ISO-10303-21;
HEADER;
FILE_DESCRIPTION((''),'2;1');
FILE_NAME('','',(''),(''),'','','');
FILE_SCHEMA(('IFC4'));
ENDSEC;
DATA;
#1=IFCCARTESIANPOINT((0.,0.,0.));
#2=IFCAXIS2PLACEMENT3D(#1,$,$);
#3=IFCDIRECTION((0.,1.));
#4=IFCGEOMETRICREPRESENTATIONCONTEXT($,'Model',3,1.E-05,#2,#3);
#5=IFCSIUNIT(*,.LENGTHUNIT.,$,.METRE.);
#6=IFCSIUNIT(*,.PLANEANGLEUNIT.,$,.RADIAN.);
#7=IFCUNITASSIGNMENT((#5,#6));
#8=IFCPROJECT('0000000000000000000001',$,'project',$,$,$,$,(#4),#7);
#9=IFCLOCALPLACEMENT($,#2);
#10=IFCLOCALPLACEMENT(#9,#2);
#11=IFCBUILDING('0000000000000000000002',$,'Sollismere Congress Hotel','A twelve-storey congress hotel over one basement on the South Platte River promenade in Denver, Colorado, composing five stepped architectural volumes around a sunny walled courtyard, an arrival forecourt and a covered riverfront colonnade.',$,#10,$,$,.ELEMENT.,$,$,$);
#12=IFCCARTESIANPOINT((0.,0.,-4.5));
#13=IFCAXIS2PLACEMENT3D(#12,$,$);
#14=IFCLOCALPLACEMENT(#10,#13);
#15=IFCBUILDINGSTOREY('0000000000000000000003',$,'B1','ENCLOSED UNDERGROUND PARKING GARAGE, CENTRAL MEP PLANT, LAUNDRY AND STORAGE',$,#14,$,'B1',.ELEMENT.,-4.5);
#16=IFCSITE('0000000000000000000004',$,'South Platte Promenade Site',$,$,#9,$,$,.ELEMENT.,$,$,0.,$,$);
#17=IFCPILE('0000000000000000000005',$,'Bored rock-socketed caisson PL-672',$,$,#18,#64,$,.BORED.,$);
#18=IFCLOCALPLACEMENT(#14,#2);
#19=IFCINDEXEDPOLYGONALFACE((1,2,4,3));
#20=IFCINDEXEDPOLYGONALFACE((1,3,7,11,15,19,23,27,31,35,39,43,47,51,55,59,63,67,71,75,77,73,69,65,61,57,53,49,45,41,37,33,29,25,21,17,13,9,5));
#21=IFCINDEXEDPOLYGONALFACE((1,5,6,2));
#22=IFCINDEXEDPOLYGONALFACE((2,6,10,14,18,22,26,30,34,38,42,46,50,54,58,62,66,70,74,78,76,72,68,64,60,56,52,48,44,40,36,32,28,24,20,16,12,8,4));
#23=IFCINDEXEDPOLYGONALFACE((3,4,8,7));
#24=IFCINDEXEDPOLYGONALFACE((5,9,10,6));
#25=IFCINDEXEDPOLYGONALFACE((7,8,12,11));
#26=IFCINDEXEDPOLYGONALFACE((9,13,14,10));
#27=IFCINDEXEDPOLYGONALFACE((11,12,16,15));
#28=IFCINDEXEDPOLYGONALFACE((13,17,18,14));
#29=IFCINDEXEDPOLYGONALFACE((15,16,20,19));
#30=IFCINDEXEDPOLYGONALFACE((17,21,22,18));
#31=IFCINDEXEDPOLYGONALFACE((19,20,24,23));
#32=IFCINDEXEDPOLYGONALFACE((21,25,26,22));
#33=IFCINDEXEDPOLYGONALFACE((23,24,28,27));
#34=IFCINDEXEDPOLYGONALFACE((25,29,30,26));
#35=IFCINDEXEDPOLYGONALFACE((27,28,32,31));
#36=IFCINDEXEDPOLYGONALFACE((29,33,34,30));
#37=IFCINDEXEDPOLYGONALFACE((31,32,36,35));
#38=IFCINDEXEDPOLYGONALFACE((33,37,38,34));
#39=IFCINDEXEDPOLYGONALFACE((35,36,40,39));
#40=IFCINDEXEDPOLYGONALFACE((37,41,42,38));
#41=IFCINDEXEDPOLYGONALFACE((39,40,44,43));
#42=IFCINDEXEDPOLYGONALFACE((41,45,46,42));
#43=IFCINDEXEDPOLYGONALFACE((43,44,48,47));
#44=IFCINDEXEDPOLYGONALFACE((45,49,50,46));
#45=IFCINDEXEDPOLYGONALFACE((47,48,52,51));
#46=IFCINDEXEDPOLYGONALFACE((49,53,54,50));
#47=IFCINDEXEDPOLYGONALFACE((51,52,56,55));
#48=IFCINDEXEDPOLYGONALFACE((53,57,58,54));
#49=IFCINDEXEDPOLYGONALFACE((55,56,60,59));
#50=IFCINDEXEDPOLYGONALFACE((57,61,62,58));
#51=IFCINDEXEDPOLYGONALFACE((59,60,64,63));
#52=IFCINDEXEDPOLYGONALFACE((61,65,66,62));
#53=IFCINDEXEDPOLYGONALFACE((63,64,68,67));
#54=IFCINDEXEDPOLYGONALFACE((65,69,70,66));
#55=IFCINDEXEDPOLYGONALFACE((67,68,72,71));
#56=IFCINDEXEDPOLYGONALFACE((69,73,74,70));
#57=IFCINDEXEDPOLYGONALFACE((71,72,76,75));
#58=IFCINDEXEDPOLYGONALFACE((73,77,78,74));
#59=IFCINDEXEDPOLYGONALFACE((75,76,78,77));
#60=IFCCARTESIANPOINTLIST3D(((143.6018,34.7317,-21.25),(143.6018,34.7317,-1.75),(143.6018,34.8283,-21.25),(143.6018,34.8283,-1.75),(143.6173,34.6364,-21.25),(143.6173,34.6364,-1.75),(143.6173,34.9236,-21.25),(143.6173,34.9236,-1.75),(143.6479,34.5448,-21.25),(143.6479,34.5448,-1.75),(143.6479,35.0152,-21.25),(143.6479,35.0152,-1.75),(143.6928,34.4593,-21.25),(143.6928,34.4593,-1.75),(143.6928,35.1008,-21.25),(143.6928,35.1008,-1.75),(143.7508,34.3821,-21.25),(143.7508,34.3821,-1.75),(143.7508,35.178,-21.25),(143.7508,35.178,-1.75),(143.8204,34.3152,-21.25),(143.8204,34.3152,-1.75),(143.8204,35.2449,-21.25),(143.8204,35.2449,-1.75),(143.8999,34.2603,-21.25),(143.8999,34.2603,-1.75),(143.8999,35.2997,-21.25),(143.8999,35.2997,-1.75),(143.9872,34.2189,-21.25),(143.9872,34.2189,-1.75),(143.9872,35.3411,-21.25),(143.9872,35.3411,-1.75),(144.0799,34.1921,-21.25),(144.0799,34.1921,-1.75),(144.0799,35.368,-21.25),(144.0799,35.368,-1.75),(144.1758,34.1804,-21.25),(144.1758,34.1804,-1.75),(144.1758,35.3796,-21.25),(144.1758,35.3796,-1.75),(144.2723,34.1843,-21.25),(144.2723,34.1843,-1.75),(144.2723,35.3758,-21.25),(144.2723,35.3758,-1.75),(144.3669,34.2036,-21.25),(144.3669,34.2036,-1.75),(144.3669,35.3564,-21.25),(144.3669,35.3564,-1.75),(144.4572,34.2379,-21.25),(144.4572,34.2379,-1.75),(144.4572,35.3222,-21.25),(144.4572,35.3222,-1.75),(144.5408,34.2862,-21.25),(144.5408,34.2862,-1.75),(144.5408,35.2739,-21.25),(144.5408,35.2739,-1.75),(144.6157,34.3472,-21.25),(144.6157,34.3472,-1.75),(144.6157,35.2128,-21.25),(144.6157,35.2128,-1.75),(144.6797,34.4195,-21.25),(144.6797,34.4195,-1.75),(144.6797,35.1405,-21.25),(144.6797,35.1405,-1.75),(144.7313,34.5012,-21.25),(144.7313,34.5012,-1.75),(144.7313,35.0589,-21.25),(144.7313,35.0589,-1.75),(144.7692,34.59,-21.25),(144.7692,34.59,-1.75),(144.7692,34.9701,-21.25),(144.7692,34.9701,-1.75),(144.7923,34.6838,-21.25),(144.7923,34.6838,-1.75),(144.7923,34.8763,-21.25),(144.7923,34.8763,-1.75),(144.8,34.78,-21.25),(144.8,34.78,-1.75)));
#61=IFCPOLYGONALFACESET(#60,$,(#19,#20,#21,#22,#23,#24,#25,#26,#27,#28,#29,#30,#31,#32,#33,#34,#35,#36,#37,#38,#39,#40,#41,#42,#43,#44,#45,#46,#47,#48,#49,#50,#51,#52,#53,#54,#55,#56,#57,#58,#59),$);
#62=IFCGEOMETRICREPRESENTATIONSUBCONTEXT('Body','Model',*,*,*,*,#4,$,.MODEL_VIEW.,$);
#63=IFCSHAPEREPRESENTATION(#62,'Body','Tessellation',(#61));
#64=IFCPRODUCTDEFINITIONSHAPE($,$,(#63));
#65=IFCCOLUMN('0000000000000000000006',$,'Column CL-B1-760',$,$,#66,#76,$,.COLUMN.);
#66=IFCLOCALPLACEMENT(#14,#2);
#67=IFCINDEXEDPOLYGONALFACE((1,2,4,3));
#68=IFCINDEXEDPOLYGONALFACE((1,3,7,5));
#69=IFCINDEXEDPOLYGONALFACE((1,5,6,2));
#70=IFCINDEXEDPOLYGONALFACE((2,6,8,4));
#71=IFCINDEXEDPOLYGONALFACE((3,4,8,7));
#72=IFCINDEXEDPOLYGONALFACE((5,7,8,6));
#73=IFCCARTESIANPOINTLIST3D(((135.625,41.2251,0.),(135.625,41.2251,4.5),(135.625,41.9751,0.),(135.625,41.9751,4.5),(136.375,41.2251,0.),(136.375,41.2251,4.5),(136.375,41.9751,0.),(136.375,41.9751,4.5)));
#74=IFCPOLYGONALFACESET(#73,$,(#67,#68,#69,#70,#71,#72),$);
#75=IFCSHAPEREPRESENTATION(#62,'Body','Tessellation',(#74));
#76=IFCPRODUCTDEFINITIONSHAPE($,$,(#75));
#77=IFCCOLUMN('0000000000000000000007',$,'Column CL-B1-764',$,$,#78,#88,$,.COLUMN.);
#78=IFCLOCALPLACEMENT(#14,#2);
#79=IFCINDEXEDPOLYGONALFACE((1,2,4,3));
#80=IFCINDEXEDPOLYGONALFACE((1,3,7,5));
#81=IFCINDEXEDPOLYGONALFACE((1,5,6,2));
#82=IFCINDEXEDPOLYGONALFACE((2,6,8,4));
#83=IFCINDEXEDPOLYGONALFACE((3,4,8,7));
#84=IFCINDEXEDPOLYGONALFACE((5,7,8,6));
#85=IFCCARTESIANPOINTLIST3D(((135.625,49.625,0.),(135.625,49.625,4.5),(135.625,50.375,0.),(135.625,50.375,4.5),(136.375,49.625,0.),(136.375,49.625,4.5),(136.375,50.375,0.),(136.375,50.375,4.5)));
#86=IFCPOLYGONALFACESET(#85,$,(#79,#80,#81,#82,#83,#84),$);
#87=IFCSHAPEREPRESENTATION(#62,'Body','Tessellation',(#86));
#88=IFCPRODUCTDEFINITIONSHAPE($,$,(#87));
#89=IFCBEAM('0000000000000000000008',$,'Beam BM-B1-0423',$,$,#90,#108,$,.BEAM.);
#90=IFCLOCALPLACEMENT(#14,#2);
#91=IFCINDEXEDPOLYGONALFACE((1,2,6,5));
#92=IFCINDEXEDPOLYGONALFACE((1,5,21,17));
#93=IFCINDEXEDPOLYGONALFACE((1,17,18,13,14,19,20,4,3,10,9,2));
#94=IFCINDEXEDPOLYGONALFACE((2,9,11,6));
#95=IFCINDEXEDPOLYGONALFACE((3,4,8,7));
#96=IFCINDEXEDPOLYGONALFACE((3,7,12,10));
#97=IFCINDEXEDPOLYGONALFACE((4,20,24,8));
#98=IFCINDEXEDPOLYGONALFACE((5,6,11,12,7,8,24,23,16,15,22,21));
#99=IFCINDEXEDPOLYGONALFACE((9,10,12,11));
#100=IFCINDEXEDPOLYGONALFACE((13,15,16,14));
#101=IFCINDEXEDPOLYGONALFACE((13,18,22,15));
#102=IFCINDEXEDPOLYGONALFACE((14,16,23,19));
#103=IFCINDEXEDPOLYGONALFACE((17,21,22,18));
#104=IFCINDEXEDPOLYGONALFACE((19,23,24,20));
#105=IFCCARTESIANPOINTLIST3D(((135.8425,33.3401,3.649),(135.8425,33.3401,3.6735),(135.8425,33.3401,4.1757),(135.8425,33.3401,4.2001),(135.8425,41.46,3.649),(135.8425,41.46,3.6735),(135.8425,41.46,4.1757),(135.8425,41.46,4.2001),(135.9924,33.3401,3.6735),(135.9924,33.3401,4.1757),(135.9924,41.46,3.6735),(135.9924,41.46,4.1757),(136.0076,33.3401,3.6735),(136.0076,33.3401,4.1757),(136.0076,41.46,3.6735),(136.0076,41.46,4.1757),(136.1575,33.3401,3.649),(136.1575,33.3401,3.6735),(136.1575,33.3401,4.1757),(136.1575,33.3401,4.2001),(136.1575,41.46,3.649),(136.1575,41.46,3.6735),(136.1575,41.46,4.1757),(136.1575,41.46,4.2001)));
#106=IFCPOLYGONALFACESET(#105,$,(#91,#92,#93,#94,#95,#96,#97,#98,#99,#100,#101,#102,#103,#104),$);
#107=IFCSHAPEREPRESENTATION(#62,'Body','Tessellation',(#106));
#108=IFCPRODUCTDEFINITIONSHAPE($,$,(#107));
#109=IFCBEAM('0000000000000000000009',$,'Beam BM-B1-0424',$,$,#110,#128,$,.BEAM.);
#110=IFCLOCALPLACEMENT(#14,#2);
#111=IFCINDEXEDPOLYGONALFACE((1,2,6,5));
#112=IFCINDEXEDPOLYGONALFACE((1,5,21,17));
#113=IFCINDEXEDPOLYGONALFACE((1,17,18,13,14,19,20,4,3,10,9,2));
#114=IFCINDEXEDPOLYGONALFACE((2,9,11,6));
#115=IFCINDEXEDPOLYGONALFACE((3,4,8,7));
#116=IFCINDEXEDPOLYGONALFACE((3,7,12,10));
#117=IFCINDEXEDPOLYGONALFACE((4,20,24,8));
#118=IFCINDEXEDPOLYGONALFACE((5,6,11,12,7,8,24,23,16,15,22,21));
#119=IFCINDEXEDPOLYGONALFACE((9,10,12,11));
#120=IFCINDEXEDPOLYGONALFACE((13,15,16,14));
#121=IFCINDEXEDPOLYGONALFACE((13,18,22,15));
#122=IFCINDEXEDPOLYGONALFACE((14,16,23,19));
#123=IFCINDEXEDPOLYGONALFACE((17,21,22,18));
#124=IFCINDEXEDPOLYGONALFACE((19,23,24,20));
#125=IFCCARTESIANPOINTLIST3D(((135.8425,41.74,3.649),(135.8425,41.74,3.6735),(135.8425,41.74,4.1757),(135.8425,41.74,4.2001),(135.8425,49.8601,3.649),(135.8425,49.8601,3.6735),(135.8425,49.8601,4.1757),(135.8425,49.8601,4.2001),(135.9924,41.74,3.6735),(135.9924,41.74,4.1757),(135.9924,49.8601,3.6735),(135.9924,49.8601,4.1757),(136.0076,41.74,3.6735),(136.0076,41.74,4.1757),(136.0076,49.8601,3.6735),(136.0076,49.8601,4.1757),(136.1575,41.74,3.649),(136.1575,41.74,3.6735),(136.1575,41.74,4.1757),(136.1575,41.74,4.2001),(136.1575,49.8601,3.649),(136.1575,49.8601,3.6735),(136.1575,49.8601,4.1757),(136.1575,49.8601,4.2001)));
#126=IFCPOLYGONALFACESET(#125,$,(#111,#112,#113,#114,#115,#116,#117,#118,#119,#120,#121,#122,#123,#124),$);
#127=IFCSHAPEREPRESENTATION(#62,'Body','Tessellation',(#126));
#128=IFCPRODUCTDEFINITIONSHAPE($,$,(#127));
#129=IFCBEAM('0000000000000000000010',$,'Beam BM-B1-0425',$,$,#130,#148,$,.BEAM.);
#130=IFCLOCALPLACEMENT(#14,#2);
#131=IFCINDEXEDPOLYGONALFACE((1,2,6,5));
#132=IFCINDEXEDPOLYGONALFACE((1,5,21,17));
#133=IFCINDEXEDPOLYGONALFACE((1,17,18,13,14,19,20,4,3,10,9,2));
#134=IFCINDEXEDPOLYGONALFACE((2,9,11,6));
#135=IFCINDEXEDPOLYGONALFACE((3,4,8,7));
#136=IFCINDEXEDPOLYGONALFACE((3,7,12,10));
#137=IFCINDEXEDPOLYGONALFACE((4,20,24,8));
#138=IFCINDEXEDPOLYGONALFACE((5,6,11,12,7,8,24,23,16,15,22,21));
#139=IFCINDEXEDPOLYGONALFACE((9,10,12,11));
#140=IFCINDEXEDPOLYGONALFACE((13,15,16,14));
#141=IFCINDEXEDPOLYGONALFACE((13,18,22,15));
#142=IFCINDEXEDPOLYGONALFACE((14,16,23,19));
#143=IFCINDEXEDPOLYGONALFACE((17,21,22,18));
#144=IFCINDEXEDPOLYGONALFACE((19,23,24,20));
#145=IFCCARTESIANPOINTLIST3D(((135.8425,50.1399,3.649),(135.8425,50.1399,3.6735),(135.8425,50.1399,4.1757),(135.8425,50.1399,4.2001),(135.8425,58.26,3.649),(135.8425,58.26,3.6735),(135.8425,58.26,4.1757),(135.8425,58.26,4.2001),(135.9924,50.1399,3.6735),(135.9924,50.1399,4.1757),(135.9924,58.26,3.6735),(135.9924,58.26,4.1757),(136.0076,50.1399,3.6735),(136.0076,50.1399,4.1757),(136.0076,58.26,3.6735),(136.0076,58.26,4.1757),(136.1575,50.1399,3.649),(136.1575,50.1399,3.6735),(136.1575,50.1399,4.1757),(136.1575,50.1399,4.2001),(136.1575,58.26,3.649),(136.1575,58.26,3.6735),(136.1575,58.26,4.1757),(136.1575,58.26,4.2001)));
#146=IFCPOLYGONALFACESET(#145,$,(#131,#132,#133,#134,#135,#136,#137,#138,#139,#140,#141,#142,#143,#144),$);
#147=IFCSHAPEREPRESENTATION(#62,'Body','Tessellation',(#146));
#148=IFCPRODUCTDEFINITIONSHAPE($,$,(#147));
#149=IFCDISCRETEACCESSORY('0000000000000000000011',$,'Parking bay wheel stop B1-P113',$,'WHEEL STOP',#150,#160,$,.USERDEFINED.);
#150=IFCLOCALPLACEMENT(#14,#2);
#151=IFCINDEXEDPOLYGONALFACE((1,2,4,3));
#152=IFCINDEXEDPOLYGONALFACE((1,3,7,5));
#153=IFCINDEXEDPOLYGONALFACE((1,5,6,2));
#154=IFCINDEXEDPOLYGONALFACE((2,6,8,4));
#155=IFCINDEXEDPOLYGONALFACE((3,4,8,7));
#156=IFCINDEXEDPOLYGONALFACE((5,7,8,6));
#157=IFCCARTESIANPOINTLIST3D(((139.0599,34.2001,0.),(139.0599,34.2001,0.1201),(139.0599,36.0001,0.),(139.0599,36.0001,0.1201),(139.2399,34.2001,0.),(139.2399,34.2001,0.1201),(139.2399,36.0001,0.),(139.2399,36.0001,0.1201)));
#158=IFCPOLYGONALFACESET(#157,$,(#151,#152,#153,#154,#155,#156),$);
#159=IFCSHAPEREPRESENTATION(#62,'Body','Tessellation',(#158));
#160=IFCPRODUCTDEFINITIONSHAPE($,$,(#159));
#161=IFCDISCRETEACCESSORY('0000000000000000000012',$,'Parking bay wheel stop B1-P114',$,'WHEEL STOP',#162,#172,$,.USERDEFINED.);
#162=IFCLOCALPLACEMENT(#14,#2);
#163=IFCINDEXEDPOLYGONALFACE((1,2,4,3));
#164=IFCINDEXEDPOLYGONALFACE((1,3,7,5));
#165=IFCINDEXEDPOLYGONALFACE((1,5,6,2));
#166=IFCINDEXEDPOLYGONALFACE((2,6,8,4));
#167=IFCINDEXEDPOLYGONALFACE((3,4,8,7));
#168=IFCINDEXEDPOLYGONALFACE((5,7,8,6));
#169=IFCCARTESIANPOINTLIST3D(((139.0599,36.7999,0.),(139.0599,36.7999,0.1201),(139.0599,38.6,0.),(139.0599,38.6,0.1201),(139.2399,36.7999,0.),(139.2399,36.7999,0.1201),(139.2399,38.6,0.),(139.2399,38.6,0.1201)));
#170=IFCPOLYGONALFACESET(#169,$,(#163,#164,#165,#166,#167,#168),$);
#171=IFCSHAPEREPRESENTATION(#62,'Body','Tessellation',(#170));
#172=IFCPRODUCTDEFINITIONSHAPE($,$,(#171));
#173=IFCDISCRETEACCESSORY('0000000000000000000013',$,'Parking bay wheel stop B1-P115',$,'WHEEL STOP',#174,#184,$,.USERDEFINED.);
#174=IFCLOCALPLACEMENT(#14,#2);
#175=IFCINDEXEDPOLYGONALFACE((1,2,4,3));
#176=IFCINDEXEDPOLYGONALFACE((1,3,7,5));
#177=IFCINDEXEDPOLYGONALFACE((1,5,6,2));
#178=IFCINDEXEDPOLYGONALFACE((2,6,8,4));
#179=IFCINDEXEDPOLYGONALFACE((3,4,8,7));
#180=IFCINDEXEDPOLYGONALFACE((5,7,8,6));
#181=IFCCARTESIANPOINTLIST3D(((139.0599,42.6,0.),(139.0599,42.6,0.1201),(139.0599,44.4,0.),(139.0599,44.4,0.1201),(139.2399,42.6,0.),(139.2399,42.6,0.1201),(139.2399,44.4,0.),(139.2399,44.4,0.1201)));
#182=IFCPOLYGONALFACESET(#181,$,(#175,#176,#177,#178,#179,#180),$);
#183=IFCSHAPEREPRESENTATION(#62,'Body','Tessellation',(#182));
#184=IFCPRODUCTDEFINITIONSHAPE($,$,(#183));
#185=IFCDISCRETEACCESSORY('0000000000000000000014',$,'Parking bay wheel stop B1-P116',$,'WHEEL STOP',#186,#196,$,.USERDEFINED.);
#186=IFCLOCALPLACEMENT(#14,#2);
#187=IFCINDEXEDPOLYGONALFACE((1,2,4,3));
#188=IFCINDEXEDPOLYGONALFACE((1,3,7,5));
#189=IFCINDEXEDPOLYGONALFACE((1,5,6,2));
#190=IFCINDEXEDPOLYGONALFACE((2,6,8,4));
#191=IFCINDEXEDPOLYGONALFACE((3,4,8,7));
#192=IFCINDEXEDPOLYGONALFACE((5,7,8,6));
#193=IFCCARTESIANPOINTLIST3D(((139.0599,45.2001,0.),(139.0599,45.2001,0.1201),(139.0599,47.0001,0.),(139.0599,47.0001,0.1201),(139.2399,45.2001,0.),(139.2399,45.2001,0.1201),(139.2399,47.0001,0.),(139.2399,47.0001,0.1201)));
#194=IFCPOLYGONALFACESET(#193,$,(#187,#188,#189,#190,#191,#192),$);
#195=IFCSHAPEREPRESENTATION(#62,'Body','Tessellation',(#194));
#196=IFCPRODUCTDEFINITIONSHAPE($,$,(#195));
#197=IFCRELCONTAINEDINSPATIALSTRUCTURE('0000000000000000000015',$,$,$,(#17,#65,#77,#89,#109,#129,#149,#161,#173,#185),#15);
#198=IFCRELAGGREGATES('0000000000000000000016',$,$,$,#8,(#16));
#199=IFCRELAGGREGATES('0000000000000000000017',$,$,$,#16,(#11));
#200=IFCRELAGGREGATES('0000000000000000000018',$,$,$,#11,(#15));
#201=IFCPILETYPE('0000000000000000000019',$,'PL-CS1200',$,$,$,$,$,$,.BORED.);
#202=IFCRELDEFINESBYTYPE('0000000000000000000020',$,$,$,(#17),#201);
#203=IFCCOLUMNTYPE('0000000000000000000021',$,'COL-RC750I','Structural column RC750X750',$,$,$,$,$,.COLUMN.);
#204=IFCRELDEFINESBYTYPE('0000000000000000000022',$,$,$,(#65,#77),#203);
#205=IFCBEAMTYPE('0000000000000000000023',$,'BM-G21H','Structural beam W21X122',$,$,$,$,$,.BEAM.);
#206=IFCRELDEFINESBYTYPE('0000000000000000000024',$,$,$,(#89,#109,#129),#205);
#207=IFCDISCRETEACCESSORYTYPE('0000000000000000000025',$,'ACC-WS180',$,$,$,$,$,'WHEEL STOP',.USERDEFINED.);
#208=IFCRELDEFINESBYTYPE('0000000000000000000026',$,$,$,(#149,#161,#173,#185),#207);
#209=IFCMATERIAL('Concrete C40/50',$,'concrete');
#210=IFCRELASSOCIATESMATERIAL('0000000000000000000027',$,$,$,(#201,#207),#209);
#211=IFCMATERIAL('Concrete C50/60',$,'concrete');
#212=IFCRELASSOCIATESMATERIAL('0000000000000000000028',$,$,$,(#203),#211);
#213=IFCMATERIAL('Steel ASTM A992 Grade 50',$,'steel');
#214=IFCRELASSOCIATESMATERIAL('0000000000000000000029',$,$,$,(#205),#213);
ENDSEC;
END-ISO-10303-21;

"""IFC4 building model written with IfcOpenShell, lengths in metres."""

from ifc_helpers import new_model, si_unit, direction, frame, origin, origin_2d, place, context, subcontext, project, spatial, rectangle, circle, i_section, extrude, material, material_profile, profile_set, type_object, element, save


model = new_model("IFC4")

# Units and contexts
model_context = context("Model", 3, precision=1e-05, world=origin(), true_north=direction((0.0, 1.0)))
body_context = subcontext(model_context, "Body", "Model", "MODEL_VIEW")
ifc_project = project(units=[si_unit("LENGTHUNIT", "METRE"), si_unit("PLANEANGLEUNIT", "RADIAN")], contexts=[model_context])

# Site, building, storey
site_placement = place(None, origin())
site = spatial("IfcSite", under=ifc_project, at=site_placement, Name="South Platte Promenade Site", CompositionType="ELEMENT", RefElevation=0.0)
building_placement = place(site_placement, origin())
building = spatial("IfcBuilding", under=site, at=building_placement, Name="Sollismere Congress Hotel", Description="A twelve-storey congress hotel over one basement on the South Platte River promenade in Denver, Colorado, composing five stepped architectural volumes around a sunny walled courtyard, an arrival forecourt and a covered riverfront colonnade.", CompositionType="ELEMENT")
storey_placement = place(building_placement, frame((0.0, 0.0, -4.5)))
storey = spatial("IfcBuildingStorey", under=building, at=storey_placement, Name="B1", Description="ENCLOSED UNDERGROUND PARKING GARAGE, CENTRAL MEP PLANT, LAUNDRY AND STORAGE", LongName="B1", CompositionType="ELEMENT", Elevation=-4.5)

# Shared definitions
ifc_material_1 = material(Name="Concrete C40/50", Category="concrete")

# Pile
ifc_material_profile_1 = material_profile(ifc_material_1, circle(Radius=0.6001, at=origin_2d()), Name="CAISSON1200")
ifc_profile_set_1 = profile_set([ifc_material_profile_1], Name="Concrete C40/50")
pile_type = type_object("IfcPileType", Name="PL-CS1200", PredefinedType="BORED", material=ifc_profile_set_1)
pile_placement = place(storey_placement, frame((144.2, 34.78, -1.75), z_axis=(0.0, 0.0, -1.0), x_axis=(1.0, 0.0, 0.0)))
element("IfcPile", 1, at=pile_placement, inside=storey, type_object=pile_type, Name="Bored rock-socketed caisson PL-672", PredefinedType="BORED", context=body_context, shape_type="SweptSolid", body=[
    extrude(circle(Radius=0.6001, at=origin_2d()), origin(), (0.0, 0.0, 1.0), 19.5),
])

# Columns
ifc_material_2 = material(Name="Concrete C50/60", Category="concrete")
ifc_material_profile_2 = material_profile(ifc_material_2, rectangle(XDim=0.75, YDim=0.75, at=origin_2d()), Name="RC750X750")
ifc_profile_set_2 = profile_set([ifc_material_profile_2], Name="Concrete C50/60")
column_type = type_object("IfcColumnType", Name="COL-RC750I", Description="Structural column RC750X750", PredefinedType="COLUMN", material=ifc_profile_set_2)
for number, where, z_axis, x_axis, name in (
    (2, (136.0, 41.6001, 0.0), (0.0, 0.0, 1.0), (1.0, 0.0, 0.0), "Column CL-B1-760"),
    (3, (136.0, 50.0, 0.0), (0.0, 0.0, 1.0), (1.0, 0.0, 0.0), "Column CL-B1-764"),
):
    element("IfcColumn", number, at=place(storey_placement, frame(where, z_axis=z_axis, x_axis=x_axis)), inside=storey, type_object=column_type, Name=name, PredefinedType="COLUMN", context=body_context, shape_type="SweptSolid", body=[
        extrude(rectangle(XDim=0.75, YDim=0.75, at=origin_2d()), origin(), (0.0, 0.0, 1.0), 4.5),
    ])

# Beams
ifc_material_3 = material(Name="Steel ASTM A992 Grade 50", Category="steel")
ifc_material_profile_3 = material_profile(ifc_material_3, i_section(OverallWidth=0.3149, OverallDepth=0.551, WebThickness=0.0151, FlangeThickness=0.0244, at=origin_2d()), Name="W21X122")
ifc_profile_set_3 = profile_set([ifc_material_profile_3], Name="Steel ASTM A992 Grade 50")
beam_type = type_object("IfcBeamType", Name="BM-G21H", Description="Structural beam W21X122", PredefinedType="BEAM", material=ifc_profile_set_3)
beam_placement = place(storey_placement, frame((136.0, 33.3401, 3.9246), z_axis=(0.0, 1.0, 0.0), x_axis=(-1.0, 0.0, 0.0)))
element("IfcBeam", 4, at=beam_placement, inside=storey, type_object=beam_type, Name="Beam BM-B1-0423", PredefinedType="BEAM", context=body_context, shape_type="SweptSolid", body=[
    extrude(i_section(OverallWidth=0.3149, OverallDepth=0.551, WebThickness=0.0151, FlangeThickness=0.0244, at=origin_2d()), origin(), (0.0, 0.0, 1.0), 8.1199),
])
for number, where, z_axis, x_axis, name in (
    (5, (136.0, 41.74, 3.9246), (0.0, 1.0, 0.0), (-1.0, 0.0, 0.0), "Beam BM-B1-0424"),
    (6, (136.0, 50.1399, 3.9246), (0.0, 1.0, 0.0), (-1.0, 0.0, 0.0), "Beam BM-B1-0425"),
):
    element("IfcBeam", number, at=place(storey_placement, frame(where, z_axis=z_axis, x_axis=x_axis)), inside=storey, type_object=beam_type, Name=name, PredefinedType="BEAM", context=body_context, shape_type="SweptSolid", body=[
        extrude(i_section(OverallWidth=0.3149, OverallDepth=0.551, WebThickness=0.0151, FlangeThickness=0.0244, at=origin_2d()), origin(), (0.0, 0.0, 1.0), 8.1201),
    ])

# Discrete accessories
discrete_accessory_type = type_object("IfcDiscreteAccessoryType", Name="ACC-WS180", ElementType="WHEEL STOP", PredefinedType="USERDEFINED", material=ifc_material_1)
for number, where, z_axis, x_axis, name in (
    (7, (139.1499, 35.1001, 0.0), (0.0, 0.0, 1.0), (1.0, 0.0, 0.0), "Parking bay wheel stop B1-P113"),
    (8, (139.1499, 37.7, 0.0), (0.0, 0.0, 1.0), (1.0, 0.0, 0.0), "Parking bay wheel stop B1-P114"),
    (9, (139.1499, 43.5, 0.0), (0.0, 0.0, 1.0), (1.0, 0.0, 0.0), "Parking bay wheel stop B1-P115"),
    (10, (139.1499, 46.1001, 0.0), (0.0, 0.0, 1.0), (1.0, 0.0, 0.0), "Parking bay wheel stop B1-P116"),
):
    element("IfcDiscreteAccessory", number, at=place(storey_placement, frame(where, z_axis=z_axis, x_axis=x_axis)), inside=storey, type_object=discrete_accessory_type, Name=name, ObjectType="WHEEL STOP", PredefinedType="USERDEFINED", context=body_context, shape_type="SweptSolid", body=[
        extrude(rectangle(XDim=0.1799, YDim=1.8, at=origin_2d()), origin(), (0.0, 0.0, 1.0), 0.1201),
    ])

save(model, "model.ifc")
